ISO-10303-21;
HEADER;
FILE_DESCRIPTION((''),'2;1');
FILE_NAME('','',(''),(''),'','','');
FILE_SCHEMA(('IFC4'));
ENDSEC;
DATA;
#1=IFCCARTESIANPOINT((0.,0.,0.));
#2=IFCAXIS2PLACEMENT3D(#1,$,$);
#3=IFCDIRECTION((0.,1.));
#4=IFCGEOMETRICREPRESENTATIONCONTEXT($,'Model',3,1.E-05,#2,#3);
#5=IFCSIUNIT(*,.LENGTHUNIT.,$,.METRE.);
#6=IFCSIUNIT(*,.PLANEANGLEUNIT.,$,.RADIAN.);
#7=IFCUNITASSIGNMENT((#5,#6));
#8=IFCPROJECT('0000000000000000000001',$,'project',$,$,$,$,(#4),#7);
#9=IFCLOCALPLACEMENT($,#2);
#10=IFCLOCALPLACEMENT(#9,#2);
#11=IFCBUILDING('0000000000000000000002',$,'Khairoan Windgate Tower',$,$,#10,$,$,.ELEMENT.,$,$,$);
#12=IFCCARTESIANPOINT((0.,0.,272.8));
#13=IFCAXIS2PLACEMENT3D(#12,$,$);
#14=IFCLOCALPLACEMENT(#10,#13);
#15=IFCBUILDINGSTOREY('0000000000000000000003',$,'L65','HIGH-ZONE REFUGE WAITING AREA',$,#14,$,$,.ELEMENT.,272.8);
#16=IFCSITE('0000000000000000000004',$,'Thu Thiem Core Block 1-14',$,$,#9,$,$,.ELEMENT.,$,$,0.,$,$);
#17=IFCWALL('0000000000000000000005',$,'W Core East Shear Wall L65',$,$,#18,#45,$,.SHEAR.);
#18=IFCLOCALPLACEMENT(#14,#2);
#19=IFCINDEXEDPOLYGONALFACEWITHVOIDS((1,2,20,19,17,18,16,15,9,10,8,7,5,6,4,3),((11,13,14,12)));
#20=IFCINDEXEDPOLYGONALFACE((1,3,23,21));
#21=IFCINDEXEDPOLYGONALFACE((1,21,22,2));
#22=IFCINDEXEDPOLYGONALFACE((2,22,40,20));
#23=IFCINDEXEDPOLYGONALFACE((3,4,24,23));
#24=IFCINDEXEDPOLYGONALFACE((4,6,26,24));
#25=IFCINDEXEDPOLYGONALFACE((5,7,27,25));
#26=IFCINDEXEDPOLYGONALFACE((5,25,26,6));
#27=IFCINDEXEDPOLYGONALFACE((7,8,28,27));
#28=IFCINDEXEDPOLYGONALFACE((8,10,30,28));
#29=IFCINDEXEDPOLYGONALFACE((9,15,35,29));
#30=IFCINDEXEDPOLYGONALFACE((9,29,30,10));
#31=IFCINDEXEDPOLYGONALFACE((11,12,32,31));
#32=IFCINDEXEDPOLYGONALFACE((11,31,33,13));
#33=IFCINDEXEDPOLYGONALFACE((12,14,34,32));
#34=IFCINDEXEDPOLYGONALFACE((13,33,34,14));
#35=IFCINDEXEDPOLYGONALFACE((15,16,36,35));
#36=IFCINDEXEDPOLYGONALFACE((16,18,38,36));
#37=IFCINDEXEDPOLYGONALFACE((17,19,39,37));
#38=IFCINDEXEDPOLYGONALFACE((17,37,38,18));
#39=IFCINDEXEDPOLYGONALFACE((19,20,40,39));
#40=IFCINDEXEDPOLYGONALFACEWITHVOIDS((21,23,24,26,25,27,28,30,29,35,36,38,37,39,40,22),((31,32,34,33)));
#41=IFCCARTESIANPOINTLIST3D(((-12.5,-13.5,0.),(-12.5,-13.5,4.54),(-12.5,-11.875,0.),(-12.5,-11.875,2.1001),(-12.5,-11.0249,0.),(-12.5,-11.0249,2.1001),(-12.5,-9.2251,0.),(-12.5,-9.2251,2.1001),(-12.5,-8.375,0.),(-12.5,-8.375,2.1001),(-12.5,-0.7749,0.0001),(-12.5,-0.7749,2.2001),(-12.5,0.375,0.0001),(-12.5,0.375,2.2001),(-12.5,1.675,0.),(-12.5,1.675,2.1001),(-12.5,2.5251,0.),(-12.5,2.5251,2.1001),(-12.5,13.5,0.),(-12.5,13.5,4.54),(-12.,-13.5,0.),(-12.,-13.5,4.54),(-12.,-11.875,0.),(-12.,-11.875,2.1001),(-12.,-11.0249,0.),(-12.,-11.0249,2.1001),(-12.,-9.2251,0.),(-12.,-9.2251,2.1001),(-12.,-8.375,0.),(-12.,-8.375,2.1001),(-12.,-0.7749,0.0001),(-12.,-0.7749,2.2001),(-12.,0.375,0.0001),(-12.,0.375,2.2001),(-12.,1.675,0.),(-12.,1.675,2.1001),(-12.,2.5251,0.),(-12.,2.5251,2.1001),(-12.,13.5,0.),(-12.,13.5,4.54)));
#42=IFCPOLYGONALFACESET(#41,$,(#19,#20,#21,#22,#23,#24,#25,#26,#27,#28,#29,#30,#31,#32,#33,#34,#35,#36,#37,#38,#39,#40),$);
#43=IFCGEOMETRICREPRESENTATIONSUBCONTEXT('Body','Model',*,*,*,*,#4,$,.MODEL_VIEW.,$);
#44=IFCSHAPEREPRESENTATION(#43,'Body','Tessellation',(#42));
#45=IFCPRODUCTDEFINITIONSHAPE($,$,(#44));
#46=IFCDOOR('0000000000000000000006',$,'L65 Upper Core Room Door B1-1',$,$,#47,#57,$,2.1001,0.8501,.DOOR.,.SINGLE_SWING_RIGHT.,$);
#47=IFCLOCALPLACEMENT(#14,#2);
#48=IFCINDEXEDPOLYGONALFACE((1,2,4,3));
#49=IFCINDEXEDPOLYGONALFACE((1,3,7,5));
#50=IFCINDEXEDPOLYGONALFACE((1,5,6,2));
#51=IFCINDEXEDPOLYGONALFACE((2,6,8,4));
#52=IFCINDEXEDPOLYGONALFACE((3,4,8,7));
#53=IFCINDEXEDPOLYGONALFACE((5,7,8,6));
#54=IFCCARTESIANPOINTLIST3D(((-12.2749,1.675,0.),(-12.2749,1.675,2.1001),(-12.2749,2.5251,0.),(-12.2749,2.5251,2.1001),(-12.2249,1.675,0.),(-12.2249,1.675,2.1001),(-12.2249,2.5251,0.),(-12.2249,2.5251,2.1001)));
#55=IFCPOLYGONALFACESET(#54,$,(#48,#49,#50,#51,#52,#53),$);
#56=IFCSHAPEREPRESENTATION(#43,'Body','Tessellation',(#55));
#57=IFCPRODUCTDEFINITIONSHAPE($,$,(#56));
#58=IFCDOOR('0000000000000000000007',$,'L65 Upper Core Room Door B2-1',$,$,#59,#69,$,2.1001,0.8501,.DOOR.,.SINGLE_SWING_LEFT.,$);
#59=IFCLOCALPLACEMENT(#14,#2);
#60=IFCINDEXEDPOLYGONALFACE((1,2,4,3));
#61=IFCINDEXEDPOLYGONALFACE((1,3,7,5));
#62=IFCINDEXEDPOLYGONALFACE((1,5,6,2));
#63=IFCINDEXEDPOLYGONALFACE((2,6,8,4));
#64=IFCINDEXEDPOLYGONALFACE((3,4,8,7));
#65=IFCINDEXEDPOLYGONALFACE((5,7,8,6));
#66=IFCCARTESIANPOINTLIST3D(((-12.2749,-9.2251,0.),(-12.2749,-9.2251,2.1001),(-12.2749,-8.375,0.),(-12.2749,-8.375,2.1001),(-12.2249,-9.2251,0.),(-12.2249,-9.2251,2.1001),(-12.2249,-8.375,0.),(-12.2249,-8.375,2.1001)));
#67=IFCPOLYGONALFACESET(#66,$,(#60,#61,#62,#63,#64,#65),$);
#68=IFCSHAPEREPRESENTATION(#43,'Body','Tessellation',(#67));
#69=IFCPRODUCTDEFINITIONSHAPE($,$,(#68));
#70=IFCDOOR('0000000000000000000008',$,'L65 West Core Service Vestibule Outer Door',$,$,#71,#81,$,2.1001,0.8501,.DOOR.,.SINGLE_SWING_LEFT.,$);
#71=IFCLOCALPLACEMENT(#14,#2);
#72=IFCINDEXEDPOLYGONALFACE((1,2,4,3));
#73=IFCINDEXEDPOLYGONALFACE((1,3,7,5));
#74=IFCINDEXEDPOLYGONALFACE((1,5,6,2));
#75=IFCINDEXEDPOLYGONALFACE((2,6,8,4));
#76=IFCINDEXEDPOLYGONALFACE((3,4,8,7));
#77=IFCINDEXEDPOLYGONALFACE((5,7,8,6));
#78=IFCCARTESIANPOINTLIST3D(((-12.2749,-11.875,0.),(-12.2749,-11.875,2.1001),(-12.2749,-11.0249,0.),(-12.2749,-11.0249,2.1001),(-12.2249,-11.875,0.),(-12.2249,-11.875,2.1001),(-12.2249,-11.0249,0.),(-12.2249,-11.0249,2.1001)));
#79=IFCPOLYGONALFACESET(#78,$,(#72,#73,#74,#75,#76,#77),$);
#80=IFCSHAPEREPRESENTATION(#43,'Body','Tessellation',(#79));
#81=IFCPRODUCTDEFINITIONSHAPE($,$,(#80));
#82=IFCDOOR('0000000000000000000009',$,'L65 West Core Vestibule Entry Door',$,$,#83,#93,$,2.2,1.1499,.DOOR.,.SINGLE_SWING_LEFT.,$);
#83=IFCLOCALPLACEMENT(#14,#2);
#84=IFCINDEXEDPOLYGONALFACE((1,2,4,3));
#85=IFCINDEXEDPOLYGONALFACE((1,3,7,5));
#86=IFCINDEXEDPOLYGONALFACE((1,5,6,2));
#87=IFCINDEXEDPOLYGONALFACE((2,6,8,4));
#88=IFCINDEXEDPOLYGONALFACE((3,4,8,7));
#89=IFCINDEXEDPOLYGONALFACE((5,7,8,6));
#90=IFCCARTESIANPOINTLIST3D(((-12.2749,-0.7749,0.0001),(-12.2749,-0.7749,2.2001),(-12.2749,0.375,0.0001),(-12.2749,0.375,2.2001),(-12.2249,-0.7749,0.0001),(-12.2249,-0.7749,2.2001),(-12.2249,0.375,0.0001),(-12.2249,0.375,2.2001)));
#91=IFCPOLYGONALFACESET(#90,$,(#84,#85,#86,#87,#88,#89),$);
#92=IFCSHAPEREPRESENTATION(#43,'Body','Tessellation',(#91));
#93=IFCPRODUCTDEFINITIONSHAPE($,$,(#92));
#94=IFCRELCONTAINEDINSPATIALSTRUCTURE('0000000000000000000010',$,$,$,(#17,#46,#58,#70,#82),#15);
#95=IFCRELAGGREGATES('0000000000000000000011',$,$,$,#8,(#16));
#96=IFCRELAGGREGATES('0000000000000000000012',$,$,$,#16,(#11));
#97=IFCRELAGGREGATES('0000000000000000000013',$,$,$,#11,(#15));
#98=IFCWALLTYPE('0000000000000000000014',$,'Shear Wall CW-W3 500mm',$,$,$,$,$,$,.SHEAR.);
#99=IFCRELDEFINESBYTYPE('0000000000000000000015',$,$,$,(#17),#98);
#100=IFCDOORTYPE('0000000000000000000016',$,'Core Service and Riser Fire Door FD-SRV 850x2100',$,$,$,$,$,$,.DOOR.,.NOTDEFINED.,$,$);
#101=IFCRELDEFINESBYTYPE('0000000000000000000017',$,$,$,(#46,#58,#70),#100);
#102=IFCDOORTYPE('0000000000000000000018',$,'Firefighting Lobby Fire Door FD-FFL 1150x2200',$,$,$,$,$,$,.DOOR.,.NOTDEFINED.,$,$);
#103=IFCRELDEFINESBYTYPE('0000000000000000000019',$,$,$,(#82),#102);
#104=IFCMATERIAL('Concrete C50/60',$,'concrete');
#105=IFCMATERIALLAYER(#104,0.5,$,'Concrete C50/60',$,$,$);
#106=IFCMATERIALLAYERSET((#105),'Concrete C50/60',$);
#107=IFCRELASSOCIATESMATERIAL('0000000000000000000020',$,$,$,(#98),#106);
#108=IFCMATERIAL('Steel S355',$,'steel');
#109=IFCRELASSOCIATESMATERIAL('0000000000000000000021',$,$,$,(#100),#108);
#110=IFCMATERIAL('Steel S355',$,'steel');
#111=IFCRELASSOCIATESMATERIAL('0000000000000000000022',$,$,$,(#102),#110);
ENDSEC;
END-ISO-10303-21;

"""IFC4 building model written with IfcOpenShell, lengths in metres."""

from ifc_helpers import new_model, si_unit, direction, frame, frame_2d, origin, place, context, subcontext, project, spatial, rectangle, extrude, material, layer, layer_set, type_object, element, fill, save


model = new_model("IFC4")

# Units and contexts
model_context = context("Model", 3, precision=1e-05, world=origin(), true_north=direction((0.0, 1.0)))
body_context = subcontext(model_context, "Body", "Model", "MODEL_VIEW")
ifc_project = project(units=[si_unit("LENGTHUNIT", "METRE"), si_unit("PLANEANGLEUNIT", "RADIAN")], contexts=[model_context])

# Site, building, storey
site_placement = place(None, origin())
site = spatial("IfcSite", under=ifc_project, at=site_placement, Name="Thu Thiem Core Block 1-14", CompositionType="ELEMENT", RefElevation=0.0)
building_placement = place(site_placement, origin())
building = spatial("IfcBuilding", under=site, at=building_placement, Name="Khairoan Windgate Tower", CompositionType="ELEMENT")
storey_placement = place(building_placement, frame((0.0, 0.0, 272.8)))
storey = spatial("IfcBuildingStorey", under=building, at=storey_placement, Name="L65", Description="HIGH-ZONE REFUGE WAITING AREA", CompositionType="ELEMENT", Elevation=272.8)

# Wall, openings, doors
ifc_material_1 = material(Name="Concrete C50/60", Category="concrete")
ifc_layer_1 = layer(ifc_material_1, 0.5, Name="Concrete C50/60")
ifc_layer_set_1 = layer_set([ifc_layer_1], Name="Concrete C50/60")
wall_type = type_object("IfcWallType", Name="Shear Wall CW-W3 500mm", PredefinedType="SHEAR", material=ifc_layer_set_1)
wall_placement = place(storey_placement, frame((-12.25, -13.5, 0.0), z_axis=(0.0, 0.0, 1.0), x_axis=(0.0, 1.0, 0.0)))
wall = element("IfcWall", 1, at=wall_placement, inside=storey, type_object=wall_type, Name="W Core East Shear Wall L65", PredefinedType="SHEAR", context=body_context, shape_type="SweptSolid", body=[
    extrude(rectangle(XDim=27.0, YDim=0.5, at=frame_2d((13.5, 0.0))), origin(), (0.0, 0.0, 1.0), 4.54),
])
opening_1_placement = place(wall_placement, frame((15.175, 0.0, 0.0)))
opening_1 = element("IfcOpeningElement", 2, at=opening_1_placement, cuts=wall, PredefinedType="OPENING", context=body_context, shape_type="SweptSolid", body=[
    extrude(rectangle(XDim=0.8501, YDim=2.1001, at=frame_2d((0.425, 1.05))), frame((0.0, 0.26, 0.0), z_axis=(0.0, -1.0, 0.0), x_axis=(1.0, 0.0, 0.0)), (0.0, 0.0, 1.0), 0.52),
])
opening_2_placement = place(wall_placement, frame((4.2749, 0.0, 0.0)))
opening_2 = element("IfcOpeningElement", 3, at=opening_2_placement, cuts=wall, PredefinedType="OPENING", context=body_context, shape_type="SweptSolid", body=[
    extrude(rectangle(XDim=0.8501, YDim=2.1001, at=frame_2d((0.425, 1.05))), frame((0.0, 0.26, 0.0), z_axis=(0.0, -1.0, 0.0), x_axis=(1.0, 0.0, 0.0)), (0.0, 0.0, 1.0), 0.52),
])
opening_3_placement = place(wall_placement, frame((12.7251, 0.0, 0.0)))
opening_3 = element("IfcOpeningElement", 4, at=opening_3_placement, cuts=wall, PredefinedType="OPENING", context=body_context, shape_type="SweptSolid", body=[
    extrude(rectangle(XDim=1.1499, YDim=2.2, at=frame_2d((0.575, 1.1001))), frame((0.0, 0.26, 0.0), z_axis=(0.0, -1.0, 0.0), x_axis=(1.0, 0.0, 0.0)), (0.0, 0.0, 1.0), 0.52),
])
opening_4_placement = place(wall_placement, frame((1.625, 0.0, 0.0)))
opening_4 = element("IfcOpeningElement", 5, at=opening_4_placement, cuts=wall, PredefinedType="OPENING", context=body_context, shape_type="SweptSolid", body=[
    extrude(rectangle(XDim=0.8501, YDim=2.1001, at=frame_2d((0.425, 1.05))), frame((0.0, 0.26, 0.0), z_axis=(0.0, -1.0, 0.0), x_axis=(1.0, 0.0, 0.0)), (0.0, 0.0, 1.0), 0.52),
])
ifc_material_2 = material(Name="Steel S355", Category="steel")
door_type_1 = type_object("IfcDoorType", Name="Core Service and Riser Fire Door FD-SRV 850x2100", OperationType="NOTDEFINED", PredefinedType="DOOR", material=ifc_material_2)
door_1_placement = place(opening_1_placement, origin())
door_1 = element("IfcDoor", 6, at=door_1_placement, inside=storey, type_object=door_type_1, Name="L65 Upper Core Room Door B1-1", OperationType="SINGLE_SWING_RIGHT", OverallHeight=2.1001, OverallWidth=0.8501, PredefinedType="DOOR", context=body_context, shape_type="SweptSolid", body=[
    extrude(rectangle(XDim=0.8501, YDim=2.1001, at=frame_2d((0.425, 1.05))), frame((0.0, 0.0249, 0.0), z_axis=(0.0, -1.0, 0.0), x_axis=(1.0, 0.0, 0.0)), (0.0, 0.0, 1.0), 0.05),
])
fill(opening_1, door_1)
door_2_placement = place(opening_2_placement, origin())
door_2 = element("IfcDoor", 7, at=door_2_placement, inside=storey, type_object=door_type_1, Name="L65 Upper Core Room Door B2-1", OperationType="SINGLE_SWING_LEFT", OverallHeight=2.1001, OverallWidth=0.8501, PredefinedType="DOOR", context=body_context, shape_type="SweptSolid", body=[
    extrude(rectangle(XDim=0.8501, YDim=2.1001, at=frame_2d((0.425, 1.05))), frame((0.0, 0.0249, 0.0), z_axis=(0.0, -1.0, 0.0), x_axis=(1.0, 0.0, 0.0)), (0.0, 0.0, 1.0), 0.05),
])
fill(opening_2, door_2)
door_3_placement = place(opening_4_placement, origin())
door_3 = element("IfcDoor", 8, at=door_3_placement, inside=storey, type_object=door_type_1, Name="L65 West Core Service Vestibule Outer Door", OperationType="SINGLE_SWING_LEFT", OverallHeight=2.1001, OverallWidth=0.8501, PredefinedType="DOOR", context=body_context, shape_type="SweptSolid", body=[
    extrude(rectangle(XDim=0.8501, YDim=2.1001, at=frame_2d((0.425, 1.05))), frame((0.0, 0.0249, 0.0), z_axis=(0.0, -1.0, 0.0), x_axis=(1.0, 0.0, 0.0)), (0.0, 0.0, 1.0), 0.05),
])
fill(opening_4, door_3)
ifc_material_3 = material(Name="Steel S355", Category="steel")
door_type_2 = type_object("IfcDoorType", Name="Firefighting Lobby Fire Door FD-FFL 1150x2200", OperationType="NOTDEFINED", PredefinedType="DOOR", material=ifc_material_3)
door_4_placement = place(opening_3_placement, origin())
door_4 = element("IfcDoor", 9, at=door_4_placement, inside=storey, type_object=door_type_2, Name="L65 West Core Vestibule Entry Door", OperationType="SINGLE_SWING_LEFT", OverallHeight=2.2, OverallWidth=1.1499, PredefinedType="DOOR", context=body_context, shape_type="SweptSolid", body=[
    extrude(rectangle(XDim=1.1499, YDim=2.2, at=frame_2d((0.575, 1.1001))), frame((0.0, 0.0249, 0.0), z_axis=(0.0, -1.0, 0.0), x_axis=(1.0, 0.0, 0.0)), (0.0, 0.0, 1.0), 0.05),
])
fill(opening_3, door_4)

save(model, "model.ifc")
